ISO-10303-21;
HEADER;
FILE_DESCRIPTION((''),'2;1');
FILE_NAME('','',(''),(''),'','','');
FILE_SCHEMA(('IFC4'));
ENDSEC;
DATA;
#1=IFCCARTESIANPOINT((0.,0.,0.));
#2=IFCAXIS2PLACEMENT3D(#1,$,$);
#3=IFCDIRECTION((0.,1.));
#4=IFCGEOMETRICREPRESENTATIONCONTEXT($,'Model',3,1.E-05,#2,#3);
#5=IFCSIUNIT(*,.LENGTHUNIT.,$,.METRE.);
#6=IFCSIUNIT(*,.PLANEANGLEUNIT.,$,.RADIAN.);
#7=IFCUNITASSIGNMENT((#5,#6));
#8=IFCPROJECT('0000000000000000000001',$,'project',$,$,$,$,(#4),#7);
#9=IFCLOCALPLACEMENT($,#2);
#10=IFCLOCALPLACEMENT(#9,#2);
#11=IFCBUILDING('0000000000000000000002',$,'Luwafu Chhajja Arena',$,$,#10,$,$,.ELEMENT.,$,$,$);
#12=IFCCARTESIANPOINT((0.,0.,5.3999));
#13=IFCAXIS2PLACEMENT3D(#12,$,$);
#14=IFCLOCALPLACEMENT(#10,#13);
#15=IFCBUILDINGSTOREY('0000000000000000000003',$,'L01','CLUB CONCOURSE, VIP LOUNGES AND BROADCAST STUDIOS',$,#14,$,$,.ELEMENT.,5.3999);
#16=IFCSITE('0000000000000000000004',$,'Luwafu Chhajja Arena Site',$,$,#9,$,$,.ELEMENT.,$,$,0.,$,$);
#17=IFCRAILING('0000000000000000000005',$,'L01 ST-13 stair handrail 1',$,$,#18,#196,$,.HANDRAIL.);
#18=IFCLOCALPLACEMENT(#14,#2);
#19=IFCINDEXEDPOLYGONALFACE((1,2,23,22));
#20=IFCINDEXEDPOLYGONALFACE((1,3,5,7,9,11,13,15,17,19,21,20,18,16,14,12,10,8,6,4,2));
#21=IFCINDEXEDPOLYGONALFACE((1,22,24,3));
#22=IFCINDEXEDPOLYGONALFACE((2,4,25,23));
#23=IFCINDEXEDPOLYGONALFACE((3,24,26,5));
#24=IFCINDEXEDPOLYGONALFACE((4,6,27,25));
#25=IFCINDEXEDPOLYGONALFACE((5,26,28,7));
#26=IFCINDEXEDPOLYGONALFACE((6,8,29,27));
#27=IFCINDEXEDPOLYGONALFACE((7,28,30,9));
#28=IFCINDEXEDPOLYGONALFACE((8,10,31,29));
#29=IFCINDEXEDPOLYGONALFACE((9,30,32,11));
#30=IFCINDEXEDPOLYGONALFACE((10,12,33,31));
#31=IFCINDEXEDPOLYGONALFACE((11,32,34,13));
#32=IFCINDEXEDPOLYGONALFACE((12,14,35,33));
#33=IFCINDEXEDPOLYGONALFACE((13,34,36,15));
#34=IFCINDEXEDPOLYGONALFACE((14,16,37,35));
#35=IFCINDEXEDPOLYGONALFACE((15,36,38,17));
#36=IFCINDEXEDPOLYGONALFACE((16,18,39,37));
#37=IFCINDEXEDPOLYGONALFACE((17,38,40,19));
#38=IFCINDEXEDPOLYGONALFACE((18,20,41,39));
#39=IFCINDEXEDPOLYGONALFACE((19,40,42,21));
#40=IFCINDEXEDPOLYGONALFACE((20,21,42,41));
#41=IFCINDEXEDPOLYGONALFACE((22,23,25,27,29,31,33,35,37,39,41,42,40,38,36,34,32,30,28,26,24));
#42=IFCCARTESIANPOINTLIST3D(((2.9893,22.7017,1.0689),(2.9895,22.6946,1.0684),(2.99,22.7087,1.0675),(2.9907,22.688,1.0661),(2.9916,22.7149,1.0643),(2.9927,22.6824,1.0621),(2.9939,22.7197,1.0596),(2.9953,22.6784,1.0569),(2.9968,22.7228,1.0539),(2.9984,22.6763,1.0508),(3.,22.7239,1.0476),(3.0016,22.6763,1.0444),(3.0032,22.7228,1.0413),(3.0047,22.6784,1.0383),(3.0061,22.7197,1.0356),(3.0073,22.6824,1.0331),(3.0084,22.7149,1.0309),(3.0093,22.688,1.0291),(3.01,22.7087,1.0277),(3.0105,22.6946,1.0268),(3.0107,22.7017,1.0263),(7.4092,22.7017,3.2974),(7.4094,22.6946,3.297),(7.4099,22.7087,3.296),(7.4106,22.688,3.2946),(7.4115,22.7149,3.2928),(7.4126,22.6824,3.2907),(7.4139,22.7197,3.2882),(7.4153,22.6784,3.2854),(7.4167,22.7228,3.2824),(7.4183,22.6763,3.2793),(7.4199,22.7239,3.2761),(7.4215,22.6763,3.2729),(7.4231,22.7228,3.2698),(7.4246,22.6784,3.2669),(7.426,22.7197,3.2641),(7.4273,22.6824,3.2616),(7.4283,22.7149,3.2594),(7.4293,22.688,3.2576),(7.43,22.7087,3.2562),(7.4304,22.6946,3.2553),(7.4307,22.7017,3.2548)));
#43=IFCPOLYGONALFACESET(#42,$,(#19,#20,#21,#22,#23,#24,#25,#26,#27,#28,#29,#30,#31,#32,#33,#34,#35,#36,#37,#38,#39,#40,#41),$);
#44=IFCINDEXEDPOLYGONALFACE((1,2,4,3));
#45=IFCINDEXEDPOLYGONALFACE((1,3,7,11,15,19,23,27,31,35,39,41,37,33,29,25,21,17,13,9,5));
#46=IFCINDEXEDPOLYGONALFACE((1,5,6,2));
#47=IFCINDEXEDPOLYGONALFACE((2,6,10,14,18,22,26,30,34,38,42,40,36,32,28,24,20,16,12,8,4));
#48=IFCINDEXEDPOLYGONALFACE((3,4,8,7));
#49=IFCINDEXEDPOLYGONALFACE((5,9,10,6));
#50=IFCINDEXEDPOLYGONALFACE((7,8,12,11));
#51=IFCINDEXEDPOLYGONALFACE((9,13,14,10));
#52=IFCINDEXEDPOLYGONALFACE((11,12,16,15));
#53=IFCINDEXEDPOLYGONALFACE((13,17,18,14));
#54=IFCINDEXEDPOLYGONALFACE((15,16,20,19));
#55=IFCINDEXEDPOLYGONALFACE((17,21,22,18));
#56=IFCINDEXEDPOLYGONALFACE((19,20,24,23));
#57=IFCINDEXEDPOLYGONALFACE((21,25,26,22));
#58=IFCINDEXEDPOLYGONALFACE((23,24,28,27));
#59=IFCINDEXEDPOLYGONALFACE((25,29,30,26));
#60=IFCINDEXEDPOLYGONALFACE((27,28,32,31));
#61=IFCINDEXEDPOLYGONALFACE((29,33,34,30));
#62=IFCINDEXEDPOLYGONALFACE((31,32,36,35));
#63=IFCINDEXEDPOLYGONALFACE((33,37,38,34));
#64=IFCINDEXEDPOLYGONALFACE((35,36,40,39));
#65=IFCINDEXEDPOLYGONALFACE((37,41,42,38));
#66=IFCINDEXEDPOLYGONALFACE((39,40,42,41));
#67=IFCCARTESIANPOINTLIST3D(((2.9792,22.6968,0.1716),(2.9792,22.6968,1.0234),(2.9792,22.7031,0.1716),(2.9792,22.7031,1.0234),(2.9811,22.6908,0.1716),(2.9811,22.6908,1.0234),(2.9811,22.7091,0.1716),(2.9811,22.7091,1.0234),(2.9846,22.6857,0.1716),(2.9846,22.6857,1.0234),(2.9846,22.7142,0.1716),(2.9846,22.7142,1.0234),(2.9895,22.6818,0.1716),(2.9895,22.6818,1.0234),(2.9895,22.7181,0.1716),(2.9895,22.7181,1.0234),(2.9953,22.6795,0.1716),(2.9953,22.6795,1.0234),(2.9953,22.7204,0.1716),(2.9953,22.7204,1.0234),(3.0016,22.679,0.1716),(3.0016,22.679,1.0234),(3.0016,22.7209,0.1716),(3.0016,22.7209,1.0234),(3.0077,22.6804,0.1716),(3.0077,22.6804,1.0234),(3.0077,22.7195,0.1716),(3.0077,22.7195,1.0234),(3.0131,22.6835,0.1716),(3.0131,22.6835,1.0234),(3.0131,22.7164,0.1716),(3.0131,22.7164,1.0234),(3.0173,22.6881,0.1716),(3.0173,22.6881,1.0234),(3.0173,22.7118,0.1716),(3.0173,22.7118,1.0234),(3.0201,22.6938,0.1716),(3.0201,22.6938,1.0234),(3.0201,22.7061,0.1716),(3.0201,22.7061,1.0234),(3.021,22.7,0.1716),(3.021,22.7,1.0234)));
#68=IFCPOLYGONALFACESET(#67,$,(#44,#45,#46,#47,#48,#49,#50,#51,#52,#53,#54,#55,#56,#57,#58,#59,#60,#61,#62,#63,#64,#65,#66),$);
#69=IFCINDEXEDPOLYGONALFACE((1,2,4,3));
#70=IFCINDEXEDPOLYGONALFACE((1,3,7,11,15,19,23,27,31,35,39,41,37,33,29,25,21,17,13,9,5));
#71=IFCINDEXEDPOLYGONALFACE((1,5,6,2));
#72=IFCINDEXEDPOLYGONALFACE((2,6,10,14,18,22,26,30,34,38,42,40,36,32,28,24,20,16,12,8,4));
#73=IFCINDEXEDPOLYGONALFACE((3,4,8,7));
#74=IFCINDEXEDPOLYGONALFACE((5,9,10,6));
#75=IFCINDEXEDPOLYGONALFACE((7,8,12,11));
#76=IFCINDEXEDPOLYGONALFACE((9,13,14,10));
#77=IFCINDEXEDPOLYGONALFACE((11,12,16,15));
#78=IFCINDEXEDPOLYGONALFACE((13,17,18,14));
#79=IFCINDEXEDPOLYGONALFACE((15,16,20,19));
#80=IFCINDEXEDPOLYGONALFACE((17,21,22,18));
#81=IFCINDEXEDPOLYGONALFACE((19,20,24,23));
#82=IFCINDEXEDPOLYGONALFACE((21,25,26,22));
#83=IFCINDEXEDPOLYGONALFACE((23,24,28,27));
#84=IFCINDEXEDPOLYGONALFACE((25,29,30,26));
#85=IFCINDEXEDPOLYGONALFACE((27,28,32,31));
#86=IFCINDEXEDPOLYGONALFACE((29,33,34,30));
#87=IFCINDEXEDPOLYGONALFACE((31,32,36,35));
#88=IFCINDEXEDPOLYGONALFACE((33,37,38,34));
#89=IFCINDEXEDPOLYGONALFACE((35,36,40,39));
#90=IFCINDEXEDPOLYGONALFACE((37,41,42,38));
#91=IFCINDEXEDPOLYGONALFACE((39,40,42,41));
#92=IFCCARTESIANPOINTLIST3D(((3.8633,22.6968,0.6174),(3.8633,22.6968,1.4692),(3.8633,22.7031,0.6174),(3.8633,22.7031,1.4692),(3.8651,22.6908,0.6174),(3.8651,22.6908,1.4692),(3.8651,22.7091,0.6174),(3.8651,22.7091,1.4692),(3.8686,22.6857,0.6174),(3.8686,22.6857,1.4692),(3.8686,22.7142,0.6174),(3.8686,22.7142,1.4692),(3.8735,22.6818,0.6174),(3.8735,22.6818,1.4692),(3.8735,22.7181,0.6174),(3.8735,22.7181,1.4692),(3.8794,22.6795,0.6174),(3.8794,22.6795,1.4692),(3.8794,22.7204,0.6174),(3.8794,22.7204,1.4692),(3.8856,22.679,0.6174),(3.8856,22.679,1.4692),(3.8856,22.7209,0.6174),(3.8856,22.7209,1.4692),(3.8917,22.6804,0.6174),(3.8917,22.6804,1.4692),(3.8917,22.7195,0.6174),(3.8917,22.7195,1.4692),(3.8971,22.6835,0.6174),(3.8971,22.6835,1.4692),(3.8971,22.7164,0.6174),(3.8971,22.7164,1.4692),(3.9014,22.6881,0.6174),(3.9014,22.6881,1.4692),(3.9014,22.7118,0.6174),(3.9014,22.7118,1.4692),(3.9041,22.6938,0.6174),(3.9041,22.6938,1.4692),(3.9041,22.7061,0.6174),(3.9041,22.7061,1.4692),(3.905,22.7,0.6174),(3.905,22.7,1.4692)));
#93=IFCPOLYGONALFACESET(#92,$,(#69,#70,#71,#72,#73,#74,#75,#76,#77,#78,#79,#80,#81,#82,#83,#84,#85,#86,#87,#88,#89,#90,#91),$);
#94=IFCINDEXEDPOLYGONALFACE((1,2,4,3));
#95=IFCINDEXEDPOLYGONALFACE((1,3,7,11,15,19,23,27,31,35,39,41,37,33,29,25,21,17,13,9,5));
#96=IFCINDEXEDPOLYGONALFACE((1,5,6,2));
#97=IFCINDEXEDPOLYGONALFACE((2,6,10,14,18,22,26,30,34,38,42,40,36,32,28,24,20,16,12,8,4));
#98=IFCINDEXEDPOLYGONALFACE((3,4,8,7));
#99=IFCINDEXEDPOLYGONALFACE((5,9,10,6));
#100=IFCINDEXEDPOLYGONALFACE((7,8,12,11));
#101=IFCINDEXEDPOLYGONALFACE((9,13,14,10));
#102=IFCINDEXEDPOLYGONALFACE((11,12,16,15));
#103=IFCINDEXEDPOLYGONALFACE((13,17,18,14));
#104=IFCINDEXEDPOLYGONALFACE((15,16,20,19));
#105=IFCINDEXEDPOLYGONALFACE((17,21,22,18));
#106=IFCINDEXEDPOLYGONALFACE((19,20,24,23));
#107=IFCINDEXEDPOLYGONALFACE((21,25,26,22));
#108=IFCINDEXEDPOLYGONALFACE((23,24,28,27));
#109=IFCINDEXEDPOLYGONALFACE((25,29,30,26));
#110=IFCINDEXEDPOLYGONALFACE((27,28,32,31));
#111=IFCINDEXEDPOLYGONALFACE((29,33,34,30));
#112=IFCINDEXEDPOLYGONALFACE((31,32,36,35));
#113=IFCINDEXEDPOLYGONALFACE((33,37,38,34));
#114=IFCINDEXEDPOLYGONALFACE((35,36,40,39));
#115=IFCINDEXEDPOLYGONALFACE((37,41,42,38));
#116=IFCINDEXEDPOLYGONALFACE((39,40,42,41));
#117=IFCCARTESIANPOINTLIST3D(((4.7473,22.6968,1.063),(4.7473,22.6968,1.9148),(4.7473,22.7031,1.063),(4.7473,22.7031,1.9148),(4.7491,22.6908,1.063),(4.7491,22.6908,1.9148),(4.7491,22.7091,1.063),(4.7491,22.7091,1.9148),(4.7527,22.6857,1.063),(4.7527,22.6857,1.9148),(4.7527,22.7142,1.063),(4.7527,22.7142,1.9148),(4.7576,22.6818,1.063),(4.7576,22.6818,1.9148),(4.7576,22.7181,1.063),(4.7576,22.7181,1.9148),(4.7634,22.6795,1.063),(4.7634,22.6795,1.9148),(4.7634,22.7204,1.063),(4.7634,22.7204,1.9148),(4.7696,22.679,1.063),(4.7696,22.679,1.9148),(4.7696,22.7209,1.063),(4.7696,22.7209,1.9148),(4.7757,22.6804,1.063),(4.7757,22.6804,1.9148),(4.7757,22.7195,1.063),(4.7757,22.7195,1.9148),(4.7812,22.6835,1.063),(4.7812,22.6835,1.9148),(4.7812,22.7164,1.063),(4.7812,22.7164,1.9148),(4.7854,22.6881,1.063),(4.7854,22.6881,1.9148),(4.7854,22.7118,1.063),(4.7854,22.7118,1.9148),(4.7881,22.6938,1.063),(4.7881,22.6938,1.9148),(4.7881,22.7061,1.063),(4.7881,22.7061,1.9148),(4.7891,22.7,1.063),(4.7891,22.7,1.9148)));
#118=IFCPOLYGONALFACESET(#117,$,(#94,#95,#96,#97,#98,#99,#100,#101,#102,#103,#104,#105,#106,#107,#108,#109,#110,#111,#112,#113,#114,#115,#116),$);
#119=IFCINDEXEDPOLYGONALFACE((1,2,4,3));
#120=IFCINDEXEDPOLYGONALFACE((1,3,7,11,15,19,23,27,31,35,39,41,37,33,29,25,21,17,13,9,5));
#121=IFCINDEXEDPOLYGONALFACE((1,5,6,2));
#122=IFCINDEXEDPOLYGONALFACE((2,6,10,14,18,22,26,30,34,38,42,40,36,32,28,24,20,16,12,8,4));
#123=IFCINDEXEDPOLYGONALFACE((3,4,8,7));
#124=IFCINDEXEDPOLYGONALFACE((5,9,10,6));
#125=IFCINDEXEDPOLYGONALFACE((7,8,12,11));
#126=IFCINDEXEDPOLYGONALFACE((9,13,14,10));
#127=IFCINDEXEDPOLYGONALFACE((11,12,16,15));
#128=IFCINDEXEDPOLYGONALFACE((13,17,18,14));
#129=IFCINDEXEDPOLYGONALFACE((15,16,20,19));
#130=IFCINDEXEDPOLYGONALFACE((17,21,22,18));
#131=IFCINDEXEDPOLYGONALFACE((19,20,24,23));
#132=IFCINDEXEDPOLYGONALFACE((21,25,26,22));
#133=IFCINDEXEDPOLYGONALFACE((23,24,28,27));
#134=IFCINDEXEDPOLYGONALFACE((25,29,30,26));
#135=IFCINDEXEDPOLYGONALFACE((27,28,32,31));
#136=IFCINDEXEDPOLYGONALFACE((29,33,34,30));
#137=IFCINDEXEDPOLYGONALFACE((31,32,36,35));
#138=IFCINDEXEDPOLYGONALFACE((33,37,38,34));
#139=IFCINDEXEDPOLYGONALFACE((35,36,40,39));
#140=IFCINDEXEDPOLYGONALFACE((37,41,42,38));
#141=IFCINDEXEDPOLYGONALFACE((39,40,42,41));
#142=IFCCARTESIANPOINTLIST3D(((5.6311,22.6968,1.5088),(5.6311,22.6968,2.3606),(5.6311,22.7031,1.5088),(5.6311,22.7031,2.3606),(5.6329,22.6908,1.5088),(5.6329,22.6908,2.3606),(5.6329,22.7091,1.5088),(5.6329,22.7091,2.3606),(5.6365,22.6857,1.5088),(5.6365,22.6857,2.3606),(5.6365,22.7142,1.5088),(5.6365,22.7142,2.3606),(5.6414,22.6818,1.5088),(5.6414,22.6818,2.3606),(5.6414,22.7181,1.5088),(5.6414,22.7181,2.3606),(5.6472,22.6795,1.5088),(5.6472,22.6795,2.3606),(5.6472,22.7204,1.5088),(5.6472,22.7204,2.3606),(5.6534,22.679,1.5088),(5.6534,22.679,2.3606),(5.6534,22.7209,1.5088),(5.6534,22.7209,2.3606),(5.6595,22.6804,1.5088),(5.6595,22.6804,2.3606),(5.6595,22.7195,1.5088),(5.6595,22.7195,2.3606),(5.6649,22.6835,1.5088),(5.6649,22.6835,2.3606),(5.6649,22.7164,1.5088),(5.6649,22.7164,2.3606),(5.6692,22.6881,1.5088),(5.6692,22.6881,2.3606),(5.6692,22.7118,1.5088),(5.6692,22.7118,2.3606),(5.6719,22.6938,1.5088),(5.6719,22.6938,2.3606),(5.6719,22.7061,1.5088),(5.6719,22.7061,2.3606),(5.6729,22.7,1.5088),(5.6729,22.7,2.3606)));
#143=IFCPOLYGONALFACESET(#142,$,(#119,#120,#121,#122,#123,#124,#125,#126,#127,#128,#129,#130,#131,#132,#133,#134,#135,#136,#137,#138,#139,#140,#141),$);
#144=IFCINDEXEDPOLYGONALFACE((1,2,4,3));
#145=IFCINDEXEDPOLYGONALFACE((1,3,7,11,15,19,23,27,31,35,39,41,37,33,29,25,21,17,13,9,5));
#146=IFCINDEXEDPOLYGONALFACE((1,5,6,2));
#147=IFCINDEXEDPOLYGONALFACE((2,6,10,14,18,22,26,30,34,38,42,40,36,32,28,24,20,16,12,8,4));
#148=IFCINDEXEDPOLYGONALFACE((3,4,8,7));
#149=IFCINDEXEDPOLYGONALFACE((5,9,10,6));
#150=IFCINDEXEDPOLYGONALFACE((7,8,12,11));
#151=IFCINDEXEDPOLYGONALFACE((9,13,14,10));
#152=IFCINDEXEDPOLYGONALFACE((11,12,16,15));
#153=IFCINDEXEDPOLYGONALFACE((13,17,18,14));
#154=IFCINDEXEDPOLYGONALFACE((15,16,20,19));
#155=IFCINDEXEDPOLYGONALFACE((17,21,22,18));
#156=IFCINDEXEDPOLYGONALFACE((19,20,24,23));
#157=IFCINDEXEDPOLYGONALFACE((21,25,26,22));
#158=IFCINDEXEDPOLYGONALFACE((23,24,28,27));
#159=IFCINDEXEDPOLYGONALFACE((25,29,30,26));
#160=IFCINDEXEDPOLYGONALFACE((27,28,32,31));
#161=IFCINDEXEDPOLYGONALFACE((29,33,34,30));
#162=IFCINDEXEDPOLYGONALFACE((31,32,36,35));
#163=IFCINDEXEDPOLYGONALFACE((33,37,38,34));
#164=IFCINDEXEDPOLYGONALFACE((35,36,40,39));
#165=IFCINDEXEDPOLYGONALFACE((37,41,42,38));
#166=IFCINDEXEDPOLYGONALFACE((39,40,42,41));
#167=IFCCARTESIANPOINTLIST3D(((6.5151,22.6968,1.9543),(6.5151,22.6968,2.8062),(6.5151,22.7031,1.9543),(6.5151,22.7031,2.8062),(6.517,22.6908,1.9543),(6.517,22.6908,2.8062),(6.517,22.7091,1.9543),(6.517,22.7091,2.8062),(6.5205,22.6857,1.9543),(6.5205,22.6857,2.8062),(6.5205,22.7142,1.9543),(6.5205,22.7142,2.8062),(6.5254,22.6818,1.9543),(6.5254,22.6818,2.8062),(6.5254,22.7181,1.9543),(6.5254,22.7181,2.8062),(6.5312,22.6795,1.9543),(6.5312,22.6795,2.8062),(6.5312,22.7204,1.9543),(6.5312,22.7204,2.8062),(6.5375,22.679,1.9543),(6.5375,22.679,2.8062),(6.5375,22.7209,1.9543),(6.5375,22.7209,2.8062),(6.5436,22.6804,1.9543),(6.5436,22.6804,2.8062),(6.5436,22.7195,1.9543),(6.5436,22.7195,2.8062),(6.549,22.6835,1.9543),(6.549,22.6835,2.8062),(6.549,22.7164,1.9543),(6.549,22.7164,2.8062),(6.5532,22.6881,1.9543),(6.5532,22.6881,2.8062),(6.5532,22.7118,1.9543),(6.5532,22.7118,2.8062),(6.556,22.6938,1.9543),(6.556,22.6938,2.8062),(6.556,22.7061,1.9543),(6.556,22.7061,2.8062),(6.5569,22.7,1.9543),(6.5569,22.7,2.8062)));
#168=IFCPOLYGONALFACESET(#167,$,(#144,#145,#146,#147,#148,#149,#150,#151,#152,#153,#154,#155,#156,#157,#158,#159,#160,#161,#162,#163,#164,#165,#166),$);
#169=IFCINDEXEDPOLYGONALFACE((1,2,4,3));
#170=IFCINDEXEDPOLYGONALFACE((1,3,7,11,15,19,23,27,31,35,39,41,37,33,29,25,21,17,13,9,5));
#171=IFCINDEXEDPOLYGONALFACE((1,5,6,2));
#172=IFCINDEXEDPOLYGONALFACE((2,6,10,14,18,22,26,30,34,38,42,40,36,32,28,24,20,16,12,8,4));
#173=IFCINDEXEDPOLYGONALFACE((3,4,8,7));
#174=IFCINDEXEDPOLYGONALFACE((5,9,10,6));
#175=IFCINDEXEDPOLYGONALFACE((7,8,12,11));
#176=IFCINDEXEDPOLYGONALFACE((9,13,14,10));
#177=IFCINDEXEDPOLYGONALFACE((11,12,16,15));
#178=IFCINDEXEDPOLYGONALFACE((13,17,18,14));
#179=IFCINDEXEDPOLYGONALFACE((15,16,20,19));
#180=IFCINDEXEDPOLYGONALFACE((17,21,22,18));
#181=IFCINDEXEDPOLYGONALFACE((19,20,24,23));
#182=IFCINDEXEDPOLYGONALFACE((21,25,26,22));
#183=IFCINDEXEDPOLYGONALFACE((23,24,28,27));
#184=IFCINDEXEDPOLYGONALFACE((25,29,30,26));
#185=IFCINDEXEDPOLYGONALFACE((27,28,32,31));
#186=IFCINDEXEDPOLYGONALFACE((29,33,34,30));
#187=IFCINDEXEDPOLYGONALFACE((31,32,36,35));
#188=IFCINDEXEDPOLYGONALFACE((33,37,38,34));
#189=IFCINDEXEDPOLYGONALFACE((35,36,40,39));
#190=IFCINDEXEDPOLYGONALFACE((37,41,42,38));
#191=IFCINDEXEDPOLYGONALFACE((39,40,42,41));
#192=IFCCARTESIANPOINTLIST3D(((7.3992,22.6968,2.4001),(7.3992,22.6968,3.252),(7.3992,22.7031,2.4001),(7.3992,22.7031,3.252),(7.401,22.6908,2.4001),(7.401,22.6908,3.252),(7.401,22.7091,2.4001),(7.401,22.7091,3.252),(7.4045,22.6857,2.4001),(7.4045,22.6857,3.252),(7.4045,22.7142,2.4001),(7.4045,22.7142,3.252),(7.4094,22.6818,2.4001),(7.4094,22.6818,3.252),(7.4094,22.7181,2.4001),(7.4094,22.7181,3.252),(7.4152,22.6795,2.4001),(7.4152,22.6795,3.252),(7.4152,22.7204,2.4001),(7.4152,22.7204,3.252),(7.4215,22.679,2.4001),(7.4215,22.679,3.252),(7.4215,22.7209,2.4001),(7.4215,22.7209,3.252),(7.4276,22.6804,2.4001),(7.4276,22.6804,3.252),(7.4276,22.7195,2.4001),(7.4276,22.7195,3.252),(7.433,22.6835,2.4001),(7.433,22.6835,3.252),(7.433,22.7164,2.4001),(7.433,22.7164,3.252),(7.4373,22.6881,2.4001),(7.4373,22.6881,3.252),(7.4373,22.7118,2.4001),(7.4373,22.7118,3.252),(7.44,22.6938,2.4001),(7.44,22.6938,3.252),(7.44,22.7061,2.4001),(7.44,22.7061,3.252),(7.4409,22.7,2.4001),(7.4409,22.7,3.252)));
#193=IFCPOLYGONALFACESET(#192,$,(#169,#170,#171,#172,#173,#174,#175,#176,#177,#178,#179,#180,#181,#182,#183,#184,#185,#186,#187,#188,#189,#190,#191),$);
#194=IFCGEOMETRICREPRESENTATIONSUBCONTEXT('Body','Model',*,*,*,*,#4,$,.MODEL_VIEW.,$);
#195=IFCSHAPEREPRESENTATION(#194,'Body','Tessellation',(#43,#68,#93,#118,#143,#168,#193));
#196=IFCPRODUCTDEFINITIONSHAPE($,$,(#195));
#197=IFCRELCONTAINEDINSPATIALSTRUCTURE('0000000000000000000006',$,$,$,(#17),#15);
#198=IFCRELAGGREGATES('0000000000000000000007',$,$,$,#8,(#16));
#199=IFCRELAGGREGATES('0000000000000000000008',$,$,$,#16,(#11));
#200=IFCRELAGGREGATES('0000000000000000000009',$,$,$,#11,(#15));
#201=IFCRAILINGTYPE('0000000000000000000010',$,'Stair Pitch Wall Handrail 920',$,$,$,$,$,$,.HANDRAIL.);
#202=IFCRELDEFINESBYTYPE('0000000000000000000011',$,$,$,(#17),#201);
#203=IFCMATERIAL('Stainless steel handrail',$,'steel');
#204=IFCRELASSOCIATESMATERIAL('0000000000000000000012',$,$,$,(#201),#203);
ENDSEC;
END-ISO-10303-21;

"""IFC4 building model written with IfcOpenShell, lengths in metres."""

from ifc_helpers import new_model, si_unit, direction, frame, origin, origin_2d, place, context, subcontext, project, spatial, circle, extrude, material, type_object, element, save


model = new_model("IFC4")

# Units and contexts
model_context = context("Model", 3, precision=1e-05, world=origin(), true_north=direction((0.0, 1.0)))
body_context = subcontext(model_context, "Body", "Model", "MODEL_VIEW")
ifc_project = project(units=[si_unit("LENGTHUNIT", "METRE"), si_unit("PLANEANGLEUNIT", "RADIAN")], contexts=[model_context])

# Site, building, storey
site_placement = place(None, origin())
site = spatial("IfcSite", under=ifc_project, at=site_placement, Name="Luwafu Chhajja Arena Site", CompositionType="ELEMENT", RefElevation=0.0)
building_placement = place(site_placement, origin())
building = spatial("IfcBuilding", under=site, at=building_placement, Name="Luwafu Chhajja Arena", CompositionType="ELEMENT")
storey_placement = place(building_placement, frame((0.0, 0.0, 5.3999)))
storey = spatial("IfcBuildingStorey", under=building, at=storey_placement, Name="L01", Description="CLUB CONCOURSE, VIP LOUNGES AND BROADCAST STUDIOS", CompositionType="ELEMENT", Elevation=5.3999)

# Railing
ifc_material_1 = material(Name="Stainless steel handrail", Category="steel")
railing_type_1 = type_object("IfcRailingType", Name="Stair Pitch Wall Handrail 920", PredefinedType="HANDRAIL", material=ifc_material_1)
railing_1_placement = place(storey_placement, frame((3.0, 22.7, 0.1716)))
element("IfcRailing", 1, at=railing_1_placement, inside=storey, type_object=railing_type_1, Name="L01 ST-13 stair handrail 1", PredefinedType="HANDRAIL", context=body_context, shape_type="SweptSolid", body=[
    extrude(circle(Radius=0.0239, at=origin_2d()), frame((0.0, 0.0, 0.876), z_axis=(0.892923, 0.0, 0.45021), x_axis=(0.0, 1.0, 0.0)), (0.0, 0.0, 1.0), 4.95),
    extrude(circle(Radius=0.021, at=origin_2d()), origin(), (0.0, 0.0, 1.0), 0.8518),
    extrude(circle(Radius=0.021, at=origin_2d()), frame((0.884, 0.0, 0.4458)), (0.0, 0.0, 1.0), 0.8518),
    extrude(circle(Radius=0.021, at=origin_2d()), frame((1.7681, 0.0, 0.8914)), (0.0, 0.0, 1.0), 0.8518),
    extrude(circle(Radius=0.021, at=origin_2d()), frame((2.6519, 0.0, 1.3372)), (0.0, 0.0, 1.0), 0.8518),
    extrude(circle(Radius=0.021, at=origin_2d()), frame((3.5359, 0.0, 1.7827)), (0.0, 0.0, 1.0), 0.8518),
    extrude(circle(Radius=0.021, at=origin_2d()), frame((4.4199, 0.0, 2.2285)), (0.0, 0.0, 1.0), 0.8518),
])

save(model, "model.ifc")
